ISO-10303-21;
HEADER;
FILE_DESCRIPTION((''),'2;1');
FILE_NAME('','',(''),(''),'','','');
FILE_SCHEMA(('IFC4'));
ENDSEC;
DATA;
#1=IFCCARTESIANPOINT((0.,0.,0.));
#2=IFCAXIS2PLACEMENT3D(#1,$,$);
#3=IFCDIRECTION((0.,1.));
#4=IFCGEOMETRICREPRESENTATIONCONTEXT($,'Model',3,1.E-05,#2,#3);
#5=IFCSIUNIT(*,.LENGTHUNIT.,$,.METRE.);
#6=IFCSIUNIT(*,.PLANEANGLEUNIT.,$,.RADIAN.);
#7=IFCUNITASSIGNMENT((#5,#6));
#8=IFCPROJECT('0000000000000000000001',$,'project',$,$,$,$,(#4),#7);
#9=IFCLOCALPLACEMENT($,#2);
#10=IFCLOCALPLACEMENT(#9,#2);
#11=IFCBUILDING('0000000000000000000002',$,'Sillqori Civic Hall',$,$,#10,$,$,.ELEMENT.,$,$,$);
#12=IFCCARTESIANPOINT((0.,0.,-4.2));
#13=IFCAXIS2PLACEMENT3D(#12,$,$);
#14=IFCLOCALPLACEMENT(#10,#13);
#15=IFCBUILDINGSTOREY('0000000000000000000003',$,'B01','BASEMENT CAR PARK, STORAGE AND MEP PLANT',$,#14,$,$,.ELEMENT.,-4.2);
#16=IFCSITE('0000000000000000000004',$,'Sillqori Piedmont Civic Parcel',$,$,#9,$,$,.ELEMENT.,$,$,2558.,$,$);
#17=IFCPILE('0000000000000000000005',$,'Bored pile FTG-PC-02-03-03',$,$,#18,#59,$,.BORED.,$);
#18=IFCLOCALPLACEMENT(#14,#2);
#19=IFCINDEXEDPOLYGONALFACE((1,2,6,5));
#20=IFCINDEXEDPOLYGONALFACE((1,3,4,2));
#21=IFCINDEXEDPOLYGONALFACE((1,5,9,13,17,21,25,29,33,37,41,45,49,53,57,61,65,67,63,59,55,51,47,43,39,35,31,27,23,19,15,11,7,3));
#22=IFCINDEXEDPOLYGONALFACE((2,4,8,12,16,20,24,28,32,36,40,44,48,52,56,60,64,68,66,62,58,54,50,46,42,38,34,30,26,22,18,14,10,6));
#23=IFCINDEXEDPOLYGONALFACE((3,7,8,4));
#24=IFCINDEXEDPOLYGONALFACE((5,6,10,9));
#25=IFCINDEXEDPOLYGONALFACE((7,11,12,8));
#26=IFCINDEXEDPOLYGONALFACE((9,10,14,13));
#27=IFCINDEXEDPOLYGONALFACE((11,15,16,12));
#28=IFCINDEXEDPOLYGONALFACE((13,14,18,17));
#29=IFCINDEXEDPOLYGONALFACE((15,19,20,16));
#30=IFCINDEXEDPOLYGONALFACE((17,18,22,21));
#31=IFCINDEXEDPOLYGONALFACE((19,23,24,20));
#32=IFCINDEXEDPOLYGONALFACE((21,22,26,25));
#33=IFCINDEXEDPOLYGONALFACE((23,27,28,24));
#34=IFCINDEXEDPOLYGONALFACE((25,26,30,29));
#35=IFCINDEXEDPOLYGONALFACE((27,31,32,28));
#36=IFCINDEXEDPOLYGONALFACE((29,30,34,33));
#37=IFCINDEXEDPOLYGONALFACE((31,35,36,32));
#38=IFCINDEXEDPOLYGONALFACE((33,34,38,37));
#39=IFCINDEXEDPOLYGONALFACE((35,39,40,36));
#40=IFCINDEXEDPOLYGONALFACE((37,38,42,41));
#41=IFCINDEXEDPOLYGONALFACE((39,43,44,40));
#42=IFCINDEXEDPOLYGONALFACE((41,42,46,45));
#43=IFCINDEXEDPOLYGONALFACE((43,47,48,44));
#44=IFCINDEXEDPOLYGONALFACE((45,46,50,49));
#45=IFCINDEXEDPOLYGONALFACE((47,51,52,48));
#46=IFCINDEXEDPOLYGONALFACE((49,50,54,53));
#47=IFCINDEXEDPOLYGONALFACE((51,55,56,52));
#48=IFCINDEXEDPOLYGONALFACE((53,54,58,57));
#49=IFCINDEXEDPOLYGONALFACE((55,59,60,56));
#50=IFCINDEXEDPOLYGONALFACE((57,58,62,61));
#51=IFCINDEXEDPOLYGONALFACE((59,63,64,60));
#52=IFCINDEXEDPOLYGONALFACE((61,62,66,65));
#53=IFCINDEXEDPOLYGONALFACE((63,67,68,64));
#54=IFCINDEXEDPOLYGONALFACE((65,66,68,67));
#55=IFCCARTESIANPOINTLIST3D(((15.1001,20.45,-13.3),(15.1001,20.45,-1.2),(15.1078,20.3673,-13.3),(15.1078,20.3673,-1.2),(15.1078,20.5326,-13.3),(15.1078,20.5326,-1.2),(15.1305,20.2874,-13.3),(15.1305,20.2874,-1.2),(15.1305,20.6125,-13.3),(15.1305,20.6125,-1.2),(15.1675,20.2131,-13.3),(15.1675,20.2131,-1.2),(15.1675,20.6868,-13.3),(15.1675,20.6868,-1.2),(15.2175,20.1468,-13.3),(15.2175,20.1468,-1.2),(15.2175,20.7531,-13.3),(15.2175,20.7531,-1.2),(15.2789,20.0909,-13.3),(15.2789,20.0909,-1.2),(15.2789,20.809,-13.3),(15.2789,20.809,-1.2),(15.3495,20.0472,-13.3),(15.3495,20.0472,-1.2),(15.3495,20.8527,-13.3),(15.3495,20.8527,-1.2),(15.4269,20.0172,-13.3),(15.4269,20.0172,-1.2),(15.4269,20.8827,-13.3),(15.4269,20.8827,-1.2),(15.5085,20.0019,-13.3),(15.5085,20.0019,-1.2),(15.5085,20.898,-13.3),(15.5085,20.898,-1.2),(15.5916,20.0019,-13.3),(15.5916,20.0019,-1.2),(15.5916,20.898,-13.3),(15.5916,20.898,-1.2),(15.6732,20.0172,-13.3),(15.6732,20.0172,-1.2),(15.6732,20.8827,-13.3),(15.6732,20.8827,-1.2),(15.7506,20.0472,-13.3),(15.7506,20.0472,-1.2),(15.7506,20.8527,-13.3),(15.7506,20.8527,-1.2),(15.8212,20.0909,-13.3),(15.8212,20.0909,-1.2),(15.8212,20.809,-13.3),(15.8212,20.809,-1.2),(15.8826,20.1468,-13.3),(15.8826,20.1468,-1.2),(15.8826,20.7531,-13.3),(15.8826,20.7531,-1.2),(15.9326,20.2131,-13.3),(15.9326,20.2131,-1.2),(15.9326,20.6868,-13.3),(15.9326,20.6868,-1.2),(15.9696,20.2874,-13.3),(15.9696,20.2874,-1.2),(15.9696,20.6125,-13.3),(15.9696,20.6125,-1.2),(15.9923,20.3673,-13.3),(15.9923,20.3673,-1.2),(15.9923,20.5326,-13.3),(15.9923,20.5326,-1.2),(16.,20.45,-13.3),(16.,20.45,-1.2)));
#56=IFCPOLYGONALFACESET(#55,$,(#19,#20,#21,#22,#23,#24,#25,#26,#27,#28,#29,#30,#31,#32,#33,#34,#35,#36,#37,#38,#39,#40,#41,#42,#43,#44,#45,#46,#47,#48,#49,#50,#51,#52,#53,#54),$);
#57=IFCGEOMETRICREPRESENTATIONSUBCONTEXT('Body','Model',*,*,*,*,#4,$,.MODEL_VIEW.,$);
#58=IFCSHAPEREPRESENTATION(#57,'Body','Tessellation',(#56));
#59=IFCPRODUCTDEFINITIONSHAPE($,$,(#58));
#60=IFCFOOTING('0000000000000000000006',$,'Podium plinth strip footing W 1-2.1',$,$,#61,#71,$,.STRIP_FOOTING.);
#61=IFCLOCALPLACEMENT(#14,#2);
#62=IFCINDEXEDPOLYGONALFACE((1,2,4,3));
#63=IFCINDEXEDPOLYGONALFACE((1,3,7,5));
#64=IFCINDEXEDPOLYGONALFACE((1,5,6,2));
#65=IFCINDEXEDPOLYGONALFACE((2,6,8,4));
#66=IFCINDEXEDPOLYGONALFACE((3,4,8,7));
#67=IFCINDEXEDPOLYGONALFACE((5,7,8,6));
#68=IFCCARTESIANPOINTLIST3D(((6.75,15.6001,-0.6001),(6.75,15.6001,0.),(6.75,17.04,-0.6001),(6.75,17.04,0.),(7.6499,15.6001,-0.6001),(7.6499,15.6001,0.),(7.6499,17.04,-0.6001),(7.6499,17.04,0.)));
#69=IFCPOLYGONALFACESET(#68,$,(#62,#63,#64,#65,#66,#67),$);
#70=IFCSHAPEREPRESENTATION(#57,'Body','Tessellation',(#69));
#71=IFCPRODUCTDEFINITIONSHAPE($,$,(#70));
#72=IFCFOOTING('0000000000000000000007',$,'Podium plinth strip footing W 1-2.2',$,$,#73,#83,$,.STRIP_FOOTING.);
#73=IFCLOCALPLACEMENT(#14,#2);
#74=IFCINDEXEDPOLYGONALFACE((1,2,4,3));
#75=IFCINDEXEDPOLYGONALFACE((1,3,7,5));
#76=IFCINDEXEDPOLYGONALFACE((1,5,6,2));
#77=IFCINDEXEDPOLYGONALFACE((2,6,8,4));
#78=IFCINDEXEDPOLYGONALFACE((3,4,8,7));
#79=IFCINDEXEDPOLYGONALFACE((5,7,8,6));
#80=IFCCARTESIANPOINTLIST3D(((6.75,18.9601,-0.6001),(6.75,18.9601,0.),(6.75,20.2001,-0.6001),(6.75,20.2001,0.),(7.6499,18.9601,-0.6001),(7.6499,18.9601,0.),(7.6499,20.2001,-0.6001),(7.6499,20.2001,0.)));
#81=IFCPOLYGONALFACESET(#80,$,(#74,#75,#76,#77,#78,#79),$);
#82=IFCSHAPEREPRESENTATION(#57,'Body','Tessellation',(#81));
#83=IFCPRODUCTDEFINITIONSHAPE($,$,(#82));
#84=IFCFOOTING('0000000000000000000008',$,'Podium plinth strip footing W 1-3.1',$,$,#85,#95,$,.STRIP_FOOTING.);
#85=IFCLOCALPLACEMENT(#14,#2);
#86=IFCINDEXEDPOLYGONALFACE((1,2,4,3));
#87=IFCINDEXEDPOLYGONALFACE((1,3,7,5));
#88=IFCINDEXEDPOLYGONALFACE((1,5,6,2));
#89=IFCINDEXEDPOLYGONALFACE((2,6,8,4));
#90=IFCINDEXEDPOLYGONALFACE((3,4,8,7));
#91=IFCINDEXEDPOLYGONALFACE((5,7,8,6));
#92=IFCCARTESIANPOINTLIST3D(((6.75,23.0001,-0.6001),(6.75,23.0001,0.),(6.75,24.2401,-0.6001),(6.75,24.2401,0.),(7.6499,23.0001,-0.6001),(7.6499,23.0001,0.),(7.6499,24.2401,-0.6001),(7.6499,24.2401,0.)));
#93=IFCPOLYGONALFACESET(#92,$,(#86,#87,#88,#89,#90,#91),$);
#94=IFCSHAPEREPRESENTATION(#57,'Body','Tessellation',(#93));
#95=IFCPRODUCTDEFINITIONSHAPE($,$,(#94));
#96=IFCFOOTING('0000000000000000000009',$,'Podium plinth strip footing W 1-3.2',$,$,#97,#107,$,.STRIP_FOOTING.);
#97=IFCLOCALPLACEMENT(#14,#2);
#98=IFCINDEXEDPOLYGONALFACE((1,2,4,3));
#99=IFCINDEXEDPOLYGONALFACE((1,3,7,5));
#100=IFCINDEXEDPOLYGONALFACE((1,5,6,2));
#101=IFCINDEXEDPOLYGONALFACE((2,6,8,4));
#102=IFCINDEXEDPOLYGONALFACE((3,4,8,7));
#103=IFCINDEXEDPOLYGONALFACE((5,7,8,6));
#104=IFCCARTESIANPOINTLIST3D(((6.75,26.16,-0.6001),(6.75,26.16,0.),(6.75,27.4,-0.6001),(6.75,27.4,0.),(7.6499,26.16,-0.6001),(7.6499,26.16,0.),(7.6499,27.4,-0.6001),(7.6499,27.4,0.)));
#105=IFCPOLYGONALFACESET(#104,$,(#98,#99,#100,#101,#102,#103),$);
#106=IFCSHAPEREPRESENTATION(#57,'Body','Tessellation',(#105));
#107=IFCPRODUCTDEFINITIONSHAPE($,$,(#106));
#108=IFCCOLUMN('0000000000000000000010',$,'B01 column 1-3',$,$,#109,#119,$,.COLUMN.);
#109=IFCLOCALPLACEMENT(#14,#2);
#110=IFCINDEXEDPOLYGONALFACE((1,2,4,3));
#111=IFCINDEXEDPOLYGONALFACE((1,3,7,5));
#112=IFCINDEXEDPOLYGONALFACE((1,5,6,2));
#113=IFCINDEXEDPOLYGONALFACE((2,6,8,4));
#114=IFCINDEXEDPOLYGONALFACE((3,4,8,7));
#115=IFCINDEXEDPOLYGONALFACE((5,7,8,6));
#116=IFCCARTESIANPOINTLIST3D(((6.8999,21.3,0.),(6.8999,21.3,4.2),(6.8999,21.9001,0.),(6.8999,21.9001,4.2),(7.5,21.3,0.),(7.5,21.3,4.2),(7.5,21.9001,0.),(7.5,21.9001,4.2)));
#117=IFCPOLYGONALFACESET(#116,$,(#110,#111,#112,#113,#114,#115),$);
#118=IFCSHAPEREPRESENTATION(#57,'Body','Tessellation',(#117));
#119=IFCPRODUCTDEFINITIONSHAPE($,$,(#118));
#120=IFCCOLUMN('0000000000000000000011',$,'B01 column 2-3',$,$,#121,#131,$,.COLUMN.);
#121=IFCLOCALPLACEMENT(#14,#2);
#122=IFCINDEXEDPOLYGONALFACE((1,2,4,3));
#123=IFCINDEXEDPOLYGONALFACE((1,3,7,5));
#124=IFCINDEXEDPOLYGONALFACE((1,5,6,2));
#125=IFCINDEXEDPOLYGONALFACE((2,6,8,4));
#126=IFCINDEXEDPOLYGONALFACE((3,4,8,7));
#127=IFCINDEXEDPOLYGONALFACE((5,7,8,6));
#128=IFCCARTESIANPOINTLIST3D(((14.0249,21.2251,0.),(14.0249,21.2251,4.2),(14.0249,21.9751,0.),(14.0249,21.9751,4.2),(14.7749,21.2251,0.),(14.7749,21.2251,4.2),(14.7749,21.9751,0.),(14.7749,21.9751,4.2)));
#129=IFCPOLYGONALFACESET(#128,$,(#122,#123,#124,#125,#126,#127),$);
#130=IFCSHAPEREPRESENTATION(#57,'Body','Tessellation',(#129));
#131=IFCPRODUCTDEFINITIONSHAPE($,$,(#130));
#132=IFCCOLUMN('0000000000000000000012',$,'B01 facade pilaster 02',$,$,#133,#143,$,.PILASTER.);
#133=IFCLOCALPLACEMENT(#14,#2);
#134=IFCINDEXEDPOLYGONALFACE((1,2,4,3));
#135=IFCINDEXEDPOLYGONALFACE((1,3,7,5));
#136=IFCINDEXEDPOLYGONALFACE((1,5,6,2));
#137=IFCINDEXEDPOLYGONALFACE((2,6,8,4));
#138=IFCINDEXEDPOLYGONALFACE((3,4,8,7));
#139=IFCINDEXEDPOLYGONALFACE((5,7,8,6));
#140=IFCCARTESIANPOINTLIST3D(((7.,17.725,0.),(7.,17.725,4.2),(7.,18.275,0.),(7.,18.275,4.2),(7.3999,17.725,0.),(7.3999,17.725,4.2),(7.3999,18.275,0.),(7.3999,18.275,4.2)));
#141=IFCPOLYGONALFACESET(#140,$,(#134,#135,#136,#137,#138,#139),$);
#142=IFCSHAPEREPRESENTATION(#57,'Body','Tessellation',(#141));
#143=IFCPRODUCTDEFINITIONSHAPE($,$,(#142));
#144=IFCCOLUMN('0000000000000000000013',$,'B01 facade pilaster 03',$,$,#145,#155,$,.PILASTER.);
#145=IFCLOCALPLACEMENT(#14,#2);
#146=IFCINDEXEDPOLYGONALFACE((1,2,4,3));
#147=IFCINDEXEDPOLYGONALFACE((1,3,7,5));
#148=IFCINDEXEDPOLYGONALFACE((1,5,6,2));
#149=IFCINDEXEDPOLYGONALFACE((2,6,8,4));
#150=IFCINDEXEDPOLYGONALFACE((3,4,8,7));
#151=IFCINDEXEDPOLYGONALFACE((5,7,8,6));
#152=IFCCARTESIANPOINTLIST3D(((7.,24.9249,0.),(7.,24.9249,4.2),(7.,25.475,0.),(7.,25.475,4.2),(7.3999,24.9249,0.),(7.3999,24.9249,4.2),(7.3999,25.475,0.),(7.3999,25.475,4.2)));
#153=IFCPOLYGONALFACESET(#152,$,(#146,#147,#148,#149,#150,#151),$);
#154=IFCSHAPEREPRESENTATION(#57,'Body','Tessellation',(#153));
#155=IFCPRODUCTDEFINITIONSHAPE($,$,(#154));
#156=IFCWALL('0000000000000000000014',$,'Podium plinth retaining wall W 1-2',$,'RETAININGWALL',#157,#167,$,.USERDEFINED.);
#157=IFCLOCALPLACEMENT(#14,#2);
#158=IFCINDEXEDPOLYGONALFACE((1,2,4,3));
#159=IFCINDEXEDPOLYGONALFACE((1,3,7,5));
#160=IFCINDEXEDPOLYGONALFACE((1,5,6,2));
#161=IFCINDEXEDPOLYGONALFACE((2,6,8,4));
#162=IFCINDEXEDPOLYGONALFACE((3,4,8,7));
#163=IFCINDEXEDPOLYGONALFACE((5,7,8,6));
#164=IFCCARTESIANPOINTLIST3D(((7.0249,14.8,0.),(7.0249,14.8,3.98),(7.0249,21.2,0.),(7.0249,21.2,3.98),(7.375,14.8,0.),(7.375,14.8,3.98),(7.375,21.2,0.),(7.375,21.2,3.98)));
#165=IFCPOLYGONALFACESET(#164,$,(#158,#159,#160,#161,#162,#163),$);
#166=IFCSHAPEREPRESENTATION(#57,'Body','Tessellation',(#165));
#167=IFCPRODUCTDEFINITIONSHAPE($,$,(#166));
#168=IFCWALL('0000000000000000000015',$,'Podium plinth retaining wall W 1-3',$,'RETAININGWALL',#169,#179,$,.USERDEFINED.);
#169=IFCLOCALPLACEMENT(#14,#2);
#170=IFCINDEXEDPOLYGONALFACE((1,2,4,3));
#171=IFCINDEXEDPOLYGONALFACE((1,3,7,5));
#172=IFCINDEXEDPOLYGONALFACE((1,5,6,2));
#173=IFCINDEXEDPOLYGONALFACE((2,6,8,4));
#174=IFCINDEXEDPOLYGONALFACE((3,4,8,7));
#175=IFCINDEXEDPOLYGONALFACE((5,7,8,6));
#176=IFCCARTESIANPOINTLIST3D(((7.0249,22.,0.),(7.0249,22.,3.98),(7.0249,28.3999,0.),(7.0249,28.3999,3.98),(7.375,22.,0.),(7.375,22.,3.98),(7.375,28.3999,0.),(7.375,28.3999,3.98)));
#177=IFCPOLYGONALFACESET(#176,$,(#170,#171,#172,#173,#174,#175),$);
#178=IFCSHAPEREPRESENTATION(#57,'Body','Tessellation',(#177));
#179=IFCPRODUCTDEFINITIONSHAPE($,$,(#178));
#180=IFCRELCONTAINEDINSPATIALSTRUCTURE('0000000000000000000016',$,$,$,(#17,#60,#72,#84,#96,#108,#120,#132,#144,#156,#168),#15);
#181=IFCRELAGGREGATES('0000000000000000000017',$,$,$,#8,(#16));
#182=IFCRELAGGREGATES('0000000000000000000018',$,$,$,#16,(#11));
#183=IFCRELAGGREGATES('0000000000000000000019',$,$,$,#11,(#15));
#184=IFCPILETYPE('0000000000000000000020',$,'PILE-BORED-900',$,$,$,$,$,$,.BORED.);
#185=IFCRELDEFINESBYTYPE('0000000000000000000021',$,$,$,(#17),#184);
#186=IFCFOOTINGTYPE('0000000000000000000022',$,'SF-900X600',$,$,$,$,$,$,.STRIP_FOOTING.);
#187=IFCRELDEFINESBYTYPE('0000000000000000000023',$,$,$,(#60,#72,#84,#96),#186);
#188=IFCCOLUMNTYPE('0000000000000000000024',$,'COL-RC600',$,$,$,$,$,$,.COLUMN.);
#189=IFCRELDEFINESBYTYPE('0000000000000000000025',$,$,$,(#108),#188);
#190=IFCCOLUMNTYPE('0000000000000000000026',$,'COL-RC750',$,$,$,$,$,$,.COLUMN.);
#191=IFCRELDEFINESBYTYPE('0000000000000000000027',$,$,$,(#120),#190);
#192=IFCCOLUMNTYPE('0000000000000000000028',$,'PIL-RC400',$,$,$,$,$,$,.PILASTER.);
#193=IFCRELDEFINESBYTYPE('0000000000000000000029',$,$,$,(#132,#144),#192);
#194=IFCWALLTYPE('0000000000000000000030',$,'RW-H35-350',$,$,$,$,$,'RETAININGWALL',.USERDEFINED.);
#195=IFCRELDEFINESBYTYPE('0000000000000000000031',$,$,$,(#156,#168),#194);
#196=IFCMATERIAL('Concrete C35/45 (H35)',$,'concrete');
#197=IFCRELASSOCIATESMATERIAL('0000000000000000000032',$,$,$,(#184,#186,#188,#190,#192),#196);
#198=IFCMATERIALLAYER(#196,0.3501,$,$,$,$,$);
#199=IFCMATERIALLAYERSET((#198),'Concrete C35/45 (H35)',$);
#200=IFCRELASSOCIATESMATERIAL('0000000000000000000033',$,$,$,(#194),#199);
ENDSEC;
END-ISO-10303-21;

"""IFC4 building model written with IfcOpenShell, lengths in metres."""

from ifc_helpers import new_model, si_unit, direction, frame, frame_2d, origin, origin_2d, place, context, subcontext, project, spatial, rectangle, circle, extrude, material, layer, layer_set, material_profile, profile_set, type_object, element, save


model = new_model("IFC4")

# Units and contexts
model_context = context("Model", 3, precision=1e-05, world=origin(), true_north=direction((0.0, 1.0)))
body_context = subcontext(model_context, "Body", "Model", "MODEL_VIEW")
ifc_project = project(units=[si_unit("LENGTHUNIT", "METRE"), si_unit("PLANEANGLEUNIT", "RADIAN")], contexts=[model_context])

# Site, building, storey
site_placement = place(None, origin())
site = spatial("IfcSite", under=ifc_project, at=site_placement, Name="Sillqori Piedmont Civic Parcel", CompositionType="ELEMENT", RefElevation=2558.0)
building_placement = place(site_placement, origin())
building = spatial("IfcBuilding", under=site, at=building_placement, Name="Sillqori Civic Hall", CompositionType="ELEMENT")
storey_placement = place(building_placement, frame((0.0, 0.0, -4.2)))
storey = spatial("IfcBuildingStorey", under=building, at=storey_placement, Name="B01", Description="BASEMENT CAR PARK, STORAGE AND MEP PLANT", CompositionType="ELEMENT", Elevation=-4.2)

# Shared definitions
ifc_material = material(Name="Concrete C35/45 (H35)", Category="concrete")

# Pile
ifc_material_profile_1 = material_profile(ifc_material, circle(Radius=0.45, at=origin_2d()), Name="BORED PILE 900")
ifc_profile_set_1 = profile_set([ifc_material_profile_1], Name="Concrete C35/45 (H35)")
pile_type = type_object("IfcPileType", Name="PILE-BORED-900", PredefinedType="BORED", material=ifc_profile_set_1)
for number, where, z_axis, x_axis, name in (
    (1, (15.55, 20.45, -1.2), (0.0, 0.0, -1.0), (1.0, 0.0, 0.0), "Bored pile FTG-PC-02-03-03"),
):
    element("IfcPile", number, at=place(storey_placement, frame(where, z_axis=z_axis, x_axis=x_axis)), inside=storey, type_object=pile_type, Name=name, PredefinedType="BORED", context=body_context, shape_type="SweptSolid", body=[
        extrude(circle(Radius=0.45, at=origin_2d()), origin(), (0.0, 0.0, 1.0), 12.1001),
    ])

# Footings
footing_type_1 = type_object("IfcFootingType", Name="SF-900X600", PredefinedType="STRIP_FOOTING", material=ifc_material)
footing_1_placement = place(storey_placement, frame((7.2, 16.3201, -0.6001), z_axis=(0.0, 0.0, 1.0), x_axis=(1.0, 0.0, 0.0)))
element("IfcFooting", 2, at=footing_1_placement, inside=storey, type_object=footing_type_1, Name="Podium plinth strip footing W 1-2.1", PredefinedType="STRIP_FOOTING", context=body_context, shape_type="SweptSolid", body=[
    extrude(rectangle(XDim=0.8999, YDim=1.4399, at=origin_2d()), origin(), (0.0, 0.0, 1.0), 0.6001),
])
for number, where, z_axis, x_axis, name in (
    (3, (7.2, 19.5801, -0.6001), (0.0, 0.0, 1.0), (1.0, 0.0, 0.0), "Podium plinth strip footing W 1-2.2"),
    (4, (7.2, 23.6201, -0.6001), (0.0, 0.0, 1.0), (1.0, 0.0, 0.0), "Podium plinth strip footing W 1-3.1"),
    (5, (7.2, 26.78, -0.6001), (0.0, 0.0, 1.0), (1.0, 0.0, 0.0), "Podium plinth strip footing W 1-3.2"),
):
    element("IfcFooting", number, at=place(storey_placement, frame(where, z_axis=z_axis, x_axis=x_axis)), inside=storey, type_object=footing_type_1, Name=name, PredefinedType="STRIP_FOOTING", context=body_context, shape_type="SweptSolid", body=[
        extrude(rectangle(XDim=0.8999, YDim=1.24, at=origin_2d()), origin(), (0.0, 0.0, 1.0), 0.6001),
    ])

# Columns
ifc_material_profile_2 = material_profile(ifc_material, rectangle(XDim=0.6001, YDim=0.6001, at=origin_2d()), Name="RC 600x600")
ifc_profile_set_2 = profile_set([ifc_material_profile_2], Name="Concrete C35/45 (H35)")
column_type_1 = type_object("IfcColumnType", Name="COL-RC600", PredefinedType="COLUMN", material=ifc_profile_set_2)
column_1_placement = place(storey_placement, frame((7.2, 21.6001, 0.0), z_axis=(0.0, 0.0, 1.0), x_axis=(1.0, 0.0, 0.0)))
element("IfcColumn", 6, at=column_1_placement, inside=storey, type_object=column_type_1, Name="B01 column 1-3", PredefinedType="COLUMN", context=body_context, shape_type="SweptSolid", body=[
    extrude(rectangle(XDim=0.6001, YDim=0.6001, at=origin_2d()), origin(), (0.0, 0.0, 1.0), 4.2),
])
ifc_material_profile_3 = material_profile(ifc_material, rectangle(XDim=0.75, YDim=0.75, at=origin_2d()), Name="RC 750x750")
ifc_profile_set_3 = profile_set([ifc_material_profile_3], Name="Concrete C35/45 (H35)")
column_type_2 = type_object("IfcColumnType", Name="COL-RC750", PredefinedType="COLUMN", material=ifc_profile_set_3)
column_2_placement = place(storey_placement, frame((14.3999, 21.6001, 0.0), z_axis=(0.0, 0.0, 1.0), x_axis=(1.0, 0.0, 0.0)))
element("IfcColumn", 7, at=column_2_placement, inside=storey, type_object=column_type_2, Name="B01 column 2-3", PredefinedType="COLUMN", context=body_context, shape_type="SweptSolid", body=[
    extrude(rectangle(XDim=0.75, YDim=0.75, at=origin_2d()), origin(), (0.0, 0.0, 1.0), 4.2),
])
ifc_material_profile_4 = material_profile(ifc_material, rectangle(XDim=0.3999, YDim=0.55, at=origin_2d()), Name="RC 400x550")
ifc_profile_set_4 = profile_set([ifc_material_profile_4], Name="Concrete C35/45 (H35)")
column_type_3 = type_object("IfcColumnType", Name="PIL-RC400", PredefinedType="PILASTER", material=ifc_profile_set_4)
for number, where, z_axis, x_axis, name in (
    (8, (7.2, 18.0, 0.0), (0.0, 0.0, 1.0), (1.0, 0.0, 0.0), "B01 facade pilaster 02"),
    (9, (7.2, 25.2, 0.0), (0.0, 0.0, 1.0), (1.0, 0.0, 0.0), "B01 facade pilaster 03"),
):
    element("IfcColumn", number, at=place(storey_placement, frame(where, z_axis=z_axis, x_axis=x_axis)), inside=storey, type_object=column_type_3, Name=name, PredefinedType="PILASTER", context=body_context, shape_type="SweptSolid", body=[
        extrude(rectangle(XDim=0.3999, YDim=0.55, at=origin_2d()), origin(), (0.0, 0.0, 1.0), 4.2),
    ])

# Walls
ifc_layer = layer(ifc_material, 0.3501)
ifc_layer_set = layer_set([ifc_layer], Name="Concrete C35/45 (H35)")
wall_type = type_object("IfcWallType", Name="RW-H35-350", ElementType="RETAININGWALL", PredefinedType="USERDEFINED", material=ifc_layer_set)
for number, where, z_axis, x_axis, name in (
    (10, (7.2, 14.8, 0.0), (0.0, 0.0, 1.0), (0.0, 1.0, 0.0), "Podium plinth retaining wall W 1-2"),
    (11, (7.2, 22.0, 0.0), (0.0, 0.0, 1.0), (0.0, 1.0, 0.0), "Podium plinth retaining wall W 1-3"),
):
    element("IfcWall", number, at=place(storey_placement, frame(where, z_axis=z_axis, x_axis=x_axis)), inside=storey, type_object=wall_type, Name=name, ObjectType="RETAININGWALL", PredefinedType="USERDEFINED", context=body_context, shape_type="SweptSolid", body=[
        extrude(rectangle(XDim=6.3999, YDim=0.3501, at=frame_2d((3.2, 0.0))), origin(), (0.0, 0.0, 1.0), 3.98),
    ])

save(model, "model.ifc")
